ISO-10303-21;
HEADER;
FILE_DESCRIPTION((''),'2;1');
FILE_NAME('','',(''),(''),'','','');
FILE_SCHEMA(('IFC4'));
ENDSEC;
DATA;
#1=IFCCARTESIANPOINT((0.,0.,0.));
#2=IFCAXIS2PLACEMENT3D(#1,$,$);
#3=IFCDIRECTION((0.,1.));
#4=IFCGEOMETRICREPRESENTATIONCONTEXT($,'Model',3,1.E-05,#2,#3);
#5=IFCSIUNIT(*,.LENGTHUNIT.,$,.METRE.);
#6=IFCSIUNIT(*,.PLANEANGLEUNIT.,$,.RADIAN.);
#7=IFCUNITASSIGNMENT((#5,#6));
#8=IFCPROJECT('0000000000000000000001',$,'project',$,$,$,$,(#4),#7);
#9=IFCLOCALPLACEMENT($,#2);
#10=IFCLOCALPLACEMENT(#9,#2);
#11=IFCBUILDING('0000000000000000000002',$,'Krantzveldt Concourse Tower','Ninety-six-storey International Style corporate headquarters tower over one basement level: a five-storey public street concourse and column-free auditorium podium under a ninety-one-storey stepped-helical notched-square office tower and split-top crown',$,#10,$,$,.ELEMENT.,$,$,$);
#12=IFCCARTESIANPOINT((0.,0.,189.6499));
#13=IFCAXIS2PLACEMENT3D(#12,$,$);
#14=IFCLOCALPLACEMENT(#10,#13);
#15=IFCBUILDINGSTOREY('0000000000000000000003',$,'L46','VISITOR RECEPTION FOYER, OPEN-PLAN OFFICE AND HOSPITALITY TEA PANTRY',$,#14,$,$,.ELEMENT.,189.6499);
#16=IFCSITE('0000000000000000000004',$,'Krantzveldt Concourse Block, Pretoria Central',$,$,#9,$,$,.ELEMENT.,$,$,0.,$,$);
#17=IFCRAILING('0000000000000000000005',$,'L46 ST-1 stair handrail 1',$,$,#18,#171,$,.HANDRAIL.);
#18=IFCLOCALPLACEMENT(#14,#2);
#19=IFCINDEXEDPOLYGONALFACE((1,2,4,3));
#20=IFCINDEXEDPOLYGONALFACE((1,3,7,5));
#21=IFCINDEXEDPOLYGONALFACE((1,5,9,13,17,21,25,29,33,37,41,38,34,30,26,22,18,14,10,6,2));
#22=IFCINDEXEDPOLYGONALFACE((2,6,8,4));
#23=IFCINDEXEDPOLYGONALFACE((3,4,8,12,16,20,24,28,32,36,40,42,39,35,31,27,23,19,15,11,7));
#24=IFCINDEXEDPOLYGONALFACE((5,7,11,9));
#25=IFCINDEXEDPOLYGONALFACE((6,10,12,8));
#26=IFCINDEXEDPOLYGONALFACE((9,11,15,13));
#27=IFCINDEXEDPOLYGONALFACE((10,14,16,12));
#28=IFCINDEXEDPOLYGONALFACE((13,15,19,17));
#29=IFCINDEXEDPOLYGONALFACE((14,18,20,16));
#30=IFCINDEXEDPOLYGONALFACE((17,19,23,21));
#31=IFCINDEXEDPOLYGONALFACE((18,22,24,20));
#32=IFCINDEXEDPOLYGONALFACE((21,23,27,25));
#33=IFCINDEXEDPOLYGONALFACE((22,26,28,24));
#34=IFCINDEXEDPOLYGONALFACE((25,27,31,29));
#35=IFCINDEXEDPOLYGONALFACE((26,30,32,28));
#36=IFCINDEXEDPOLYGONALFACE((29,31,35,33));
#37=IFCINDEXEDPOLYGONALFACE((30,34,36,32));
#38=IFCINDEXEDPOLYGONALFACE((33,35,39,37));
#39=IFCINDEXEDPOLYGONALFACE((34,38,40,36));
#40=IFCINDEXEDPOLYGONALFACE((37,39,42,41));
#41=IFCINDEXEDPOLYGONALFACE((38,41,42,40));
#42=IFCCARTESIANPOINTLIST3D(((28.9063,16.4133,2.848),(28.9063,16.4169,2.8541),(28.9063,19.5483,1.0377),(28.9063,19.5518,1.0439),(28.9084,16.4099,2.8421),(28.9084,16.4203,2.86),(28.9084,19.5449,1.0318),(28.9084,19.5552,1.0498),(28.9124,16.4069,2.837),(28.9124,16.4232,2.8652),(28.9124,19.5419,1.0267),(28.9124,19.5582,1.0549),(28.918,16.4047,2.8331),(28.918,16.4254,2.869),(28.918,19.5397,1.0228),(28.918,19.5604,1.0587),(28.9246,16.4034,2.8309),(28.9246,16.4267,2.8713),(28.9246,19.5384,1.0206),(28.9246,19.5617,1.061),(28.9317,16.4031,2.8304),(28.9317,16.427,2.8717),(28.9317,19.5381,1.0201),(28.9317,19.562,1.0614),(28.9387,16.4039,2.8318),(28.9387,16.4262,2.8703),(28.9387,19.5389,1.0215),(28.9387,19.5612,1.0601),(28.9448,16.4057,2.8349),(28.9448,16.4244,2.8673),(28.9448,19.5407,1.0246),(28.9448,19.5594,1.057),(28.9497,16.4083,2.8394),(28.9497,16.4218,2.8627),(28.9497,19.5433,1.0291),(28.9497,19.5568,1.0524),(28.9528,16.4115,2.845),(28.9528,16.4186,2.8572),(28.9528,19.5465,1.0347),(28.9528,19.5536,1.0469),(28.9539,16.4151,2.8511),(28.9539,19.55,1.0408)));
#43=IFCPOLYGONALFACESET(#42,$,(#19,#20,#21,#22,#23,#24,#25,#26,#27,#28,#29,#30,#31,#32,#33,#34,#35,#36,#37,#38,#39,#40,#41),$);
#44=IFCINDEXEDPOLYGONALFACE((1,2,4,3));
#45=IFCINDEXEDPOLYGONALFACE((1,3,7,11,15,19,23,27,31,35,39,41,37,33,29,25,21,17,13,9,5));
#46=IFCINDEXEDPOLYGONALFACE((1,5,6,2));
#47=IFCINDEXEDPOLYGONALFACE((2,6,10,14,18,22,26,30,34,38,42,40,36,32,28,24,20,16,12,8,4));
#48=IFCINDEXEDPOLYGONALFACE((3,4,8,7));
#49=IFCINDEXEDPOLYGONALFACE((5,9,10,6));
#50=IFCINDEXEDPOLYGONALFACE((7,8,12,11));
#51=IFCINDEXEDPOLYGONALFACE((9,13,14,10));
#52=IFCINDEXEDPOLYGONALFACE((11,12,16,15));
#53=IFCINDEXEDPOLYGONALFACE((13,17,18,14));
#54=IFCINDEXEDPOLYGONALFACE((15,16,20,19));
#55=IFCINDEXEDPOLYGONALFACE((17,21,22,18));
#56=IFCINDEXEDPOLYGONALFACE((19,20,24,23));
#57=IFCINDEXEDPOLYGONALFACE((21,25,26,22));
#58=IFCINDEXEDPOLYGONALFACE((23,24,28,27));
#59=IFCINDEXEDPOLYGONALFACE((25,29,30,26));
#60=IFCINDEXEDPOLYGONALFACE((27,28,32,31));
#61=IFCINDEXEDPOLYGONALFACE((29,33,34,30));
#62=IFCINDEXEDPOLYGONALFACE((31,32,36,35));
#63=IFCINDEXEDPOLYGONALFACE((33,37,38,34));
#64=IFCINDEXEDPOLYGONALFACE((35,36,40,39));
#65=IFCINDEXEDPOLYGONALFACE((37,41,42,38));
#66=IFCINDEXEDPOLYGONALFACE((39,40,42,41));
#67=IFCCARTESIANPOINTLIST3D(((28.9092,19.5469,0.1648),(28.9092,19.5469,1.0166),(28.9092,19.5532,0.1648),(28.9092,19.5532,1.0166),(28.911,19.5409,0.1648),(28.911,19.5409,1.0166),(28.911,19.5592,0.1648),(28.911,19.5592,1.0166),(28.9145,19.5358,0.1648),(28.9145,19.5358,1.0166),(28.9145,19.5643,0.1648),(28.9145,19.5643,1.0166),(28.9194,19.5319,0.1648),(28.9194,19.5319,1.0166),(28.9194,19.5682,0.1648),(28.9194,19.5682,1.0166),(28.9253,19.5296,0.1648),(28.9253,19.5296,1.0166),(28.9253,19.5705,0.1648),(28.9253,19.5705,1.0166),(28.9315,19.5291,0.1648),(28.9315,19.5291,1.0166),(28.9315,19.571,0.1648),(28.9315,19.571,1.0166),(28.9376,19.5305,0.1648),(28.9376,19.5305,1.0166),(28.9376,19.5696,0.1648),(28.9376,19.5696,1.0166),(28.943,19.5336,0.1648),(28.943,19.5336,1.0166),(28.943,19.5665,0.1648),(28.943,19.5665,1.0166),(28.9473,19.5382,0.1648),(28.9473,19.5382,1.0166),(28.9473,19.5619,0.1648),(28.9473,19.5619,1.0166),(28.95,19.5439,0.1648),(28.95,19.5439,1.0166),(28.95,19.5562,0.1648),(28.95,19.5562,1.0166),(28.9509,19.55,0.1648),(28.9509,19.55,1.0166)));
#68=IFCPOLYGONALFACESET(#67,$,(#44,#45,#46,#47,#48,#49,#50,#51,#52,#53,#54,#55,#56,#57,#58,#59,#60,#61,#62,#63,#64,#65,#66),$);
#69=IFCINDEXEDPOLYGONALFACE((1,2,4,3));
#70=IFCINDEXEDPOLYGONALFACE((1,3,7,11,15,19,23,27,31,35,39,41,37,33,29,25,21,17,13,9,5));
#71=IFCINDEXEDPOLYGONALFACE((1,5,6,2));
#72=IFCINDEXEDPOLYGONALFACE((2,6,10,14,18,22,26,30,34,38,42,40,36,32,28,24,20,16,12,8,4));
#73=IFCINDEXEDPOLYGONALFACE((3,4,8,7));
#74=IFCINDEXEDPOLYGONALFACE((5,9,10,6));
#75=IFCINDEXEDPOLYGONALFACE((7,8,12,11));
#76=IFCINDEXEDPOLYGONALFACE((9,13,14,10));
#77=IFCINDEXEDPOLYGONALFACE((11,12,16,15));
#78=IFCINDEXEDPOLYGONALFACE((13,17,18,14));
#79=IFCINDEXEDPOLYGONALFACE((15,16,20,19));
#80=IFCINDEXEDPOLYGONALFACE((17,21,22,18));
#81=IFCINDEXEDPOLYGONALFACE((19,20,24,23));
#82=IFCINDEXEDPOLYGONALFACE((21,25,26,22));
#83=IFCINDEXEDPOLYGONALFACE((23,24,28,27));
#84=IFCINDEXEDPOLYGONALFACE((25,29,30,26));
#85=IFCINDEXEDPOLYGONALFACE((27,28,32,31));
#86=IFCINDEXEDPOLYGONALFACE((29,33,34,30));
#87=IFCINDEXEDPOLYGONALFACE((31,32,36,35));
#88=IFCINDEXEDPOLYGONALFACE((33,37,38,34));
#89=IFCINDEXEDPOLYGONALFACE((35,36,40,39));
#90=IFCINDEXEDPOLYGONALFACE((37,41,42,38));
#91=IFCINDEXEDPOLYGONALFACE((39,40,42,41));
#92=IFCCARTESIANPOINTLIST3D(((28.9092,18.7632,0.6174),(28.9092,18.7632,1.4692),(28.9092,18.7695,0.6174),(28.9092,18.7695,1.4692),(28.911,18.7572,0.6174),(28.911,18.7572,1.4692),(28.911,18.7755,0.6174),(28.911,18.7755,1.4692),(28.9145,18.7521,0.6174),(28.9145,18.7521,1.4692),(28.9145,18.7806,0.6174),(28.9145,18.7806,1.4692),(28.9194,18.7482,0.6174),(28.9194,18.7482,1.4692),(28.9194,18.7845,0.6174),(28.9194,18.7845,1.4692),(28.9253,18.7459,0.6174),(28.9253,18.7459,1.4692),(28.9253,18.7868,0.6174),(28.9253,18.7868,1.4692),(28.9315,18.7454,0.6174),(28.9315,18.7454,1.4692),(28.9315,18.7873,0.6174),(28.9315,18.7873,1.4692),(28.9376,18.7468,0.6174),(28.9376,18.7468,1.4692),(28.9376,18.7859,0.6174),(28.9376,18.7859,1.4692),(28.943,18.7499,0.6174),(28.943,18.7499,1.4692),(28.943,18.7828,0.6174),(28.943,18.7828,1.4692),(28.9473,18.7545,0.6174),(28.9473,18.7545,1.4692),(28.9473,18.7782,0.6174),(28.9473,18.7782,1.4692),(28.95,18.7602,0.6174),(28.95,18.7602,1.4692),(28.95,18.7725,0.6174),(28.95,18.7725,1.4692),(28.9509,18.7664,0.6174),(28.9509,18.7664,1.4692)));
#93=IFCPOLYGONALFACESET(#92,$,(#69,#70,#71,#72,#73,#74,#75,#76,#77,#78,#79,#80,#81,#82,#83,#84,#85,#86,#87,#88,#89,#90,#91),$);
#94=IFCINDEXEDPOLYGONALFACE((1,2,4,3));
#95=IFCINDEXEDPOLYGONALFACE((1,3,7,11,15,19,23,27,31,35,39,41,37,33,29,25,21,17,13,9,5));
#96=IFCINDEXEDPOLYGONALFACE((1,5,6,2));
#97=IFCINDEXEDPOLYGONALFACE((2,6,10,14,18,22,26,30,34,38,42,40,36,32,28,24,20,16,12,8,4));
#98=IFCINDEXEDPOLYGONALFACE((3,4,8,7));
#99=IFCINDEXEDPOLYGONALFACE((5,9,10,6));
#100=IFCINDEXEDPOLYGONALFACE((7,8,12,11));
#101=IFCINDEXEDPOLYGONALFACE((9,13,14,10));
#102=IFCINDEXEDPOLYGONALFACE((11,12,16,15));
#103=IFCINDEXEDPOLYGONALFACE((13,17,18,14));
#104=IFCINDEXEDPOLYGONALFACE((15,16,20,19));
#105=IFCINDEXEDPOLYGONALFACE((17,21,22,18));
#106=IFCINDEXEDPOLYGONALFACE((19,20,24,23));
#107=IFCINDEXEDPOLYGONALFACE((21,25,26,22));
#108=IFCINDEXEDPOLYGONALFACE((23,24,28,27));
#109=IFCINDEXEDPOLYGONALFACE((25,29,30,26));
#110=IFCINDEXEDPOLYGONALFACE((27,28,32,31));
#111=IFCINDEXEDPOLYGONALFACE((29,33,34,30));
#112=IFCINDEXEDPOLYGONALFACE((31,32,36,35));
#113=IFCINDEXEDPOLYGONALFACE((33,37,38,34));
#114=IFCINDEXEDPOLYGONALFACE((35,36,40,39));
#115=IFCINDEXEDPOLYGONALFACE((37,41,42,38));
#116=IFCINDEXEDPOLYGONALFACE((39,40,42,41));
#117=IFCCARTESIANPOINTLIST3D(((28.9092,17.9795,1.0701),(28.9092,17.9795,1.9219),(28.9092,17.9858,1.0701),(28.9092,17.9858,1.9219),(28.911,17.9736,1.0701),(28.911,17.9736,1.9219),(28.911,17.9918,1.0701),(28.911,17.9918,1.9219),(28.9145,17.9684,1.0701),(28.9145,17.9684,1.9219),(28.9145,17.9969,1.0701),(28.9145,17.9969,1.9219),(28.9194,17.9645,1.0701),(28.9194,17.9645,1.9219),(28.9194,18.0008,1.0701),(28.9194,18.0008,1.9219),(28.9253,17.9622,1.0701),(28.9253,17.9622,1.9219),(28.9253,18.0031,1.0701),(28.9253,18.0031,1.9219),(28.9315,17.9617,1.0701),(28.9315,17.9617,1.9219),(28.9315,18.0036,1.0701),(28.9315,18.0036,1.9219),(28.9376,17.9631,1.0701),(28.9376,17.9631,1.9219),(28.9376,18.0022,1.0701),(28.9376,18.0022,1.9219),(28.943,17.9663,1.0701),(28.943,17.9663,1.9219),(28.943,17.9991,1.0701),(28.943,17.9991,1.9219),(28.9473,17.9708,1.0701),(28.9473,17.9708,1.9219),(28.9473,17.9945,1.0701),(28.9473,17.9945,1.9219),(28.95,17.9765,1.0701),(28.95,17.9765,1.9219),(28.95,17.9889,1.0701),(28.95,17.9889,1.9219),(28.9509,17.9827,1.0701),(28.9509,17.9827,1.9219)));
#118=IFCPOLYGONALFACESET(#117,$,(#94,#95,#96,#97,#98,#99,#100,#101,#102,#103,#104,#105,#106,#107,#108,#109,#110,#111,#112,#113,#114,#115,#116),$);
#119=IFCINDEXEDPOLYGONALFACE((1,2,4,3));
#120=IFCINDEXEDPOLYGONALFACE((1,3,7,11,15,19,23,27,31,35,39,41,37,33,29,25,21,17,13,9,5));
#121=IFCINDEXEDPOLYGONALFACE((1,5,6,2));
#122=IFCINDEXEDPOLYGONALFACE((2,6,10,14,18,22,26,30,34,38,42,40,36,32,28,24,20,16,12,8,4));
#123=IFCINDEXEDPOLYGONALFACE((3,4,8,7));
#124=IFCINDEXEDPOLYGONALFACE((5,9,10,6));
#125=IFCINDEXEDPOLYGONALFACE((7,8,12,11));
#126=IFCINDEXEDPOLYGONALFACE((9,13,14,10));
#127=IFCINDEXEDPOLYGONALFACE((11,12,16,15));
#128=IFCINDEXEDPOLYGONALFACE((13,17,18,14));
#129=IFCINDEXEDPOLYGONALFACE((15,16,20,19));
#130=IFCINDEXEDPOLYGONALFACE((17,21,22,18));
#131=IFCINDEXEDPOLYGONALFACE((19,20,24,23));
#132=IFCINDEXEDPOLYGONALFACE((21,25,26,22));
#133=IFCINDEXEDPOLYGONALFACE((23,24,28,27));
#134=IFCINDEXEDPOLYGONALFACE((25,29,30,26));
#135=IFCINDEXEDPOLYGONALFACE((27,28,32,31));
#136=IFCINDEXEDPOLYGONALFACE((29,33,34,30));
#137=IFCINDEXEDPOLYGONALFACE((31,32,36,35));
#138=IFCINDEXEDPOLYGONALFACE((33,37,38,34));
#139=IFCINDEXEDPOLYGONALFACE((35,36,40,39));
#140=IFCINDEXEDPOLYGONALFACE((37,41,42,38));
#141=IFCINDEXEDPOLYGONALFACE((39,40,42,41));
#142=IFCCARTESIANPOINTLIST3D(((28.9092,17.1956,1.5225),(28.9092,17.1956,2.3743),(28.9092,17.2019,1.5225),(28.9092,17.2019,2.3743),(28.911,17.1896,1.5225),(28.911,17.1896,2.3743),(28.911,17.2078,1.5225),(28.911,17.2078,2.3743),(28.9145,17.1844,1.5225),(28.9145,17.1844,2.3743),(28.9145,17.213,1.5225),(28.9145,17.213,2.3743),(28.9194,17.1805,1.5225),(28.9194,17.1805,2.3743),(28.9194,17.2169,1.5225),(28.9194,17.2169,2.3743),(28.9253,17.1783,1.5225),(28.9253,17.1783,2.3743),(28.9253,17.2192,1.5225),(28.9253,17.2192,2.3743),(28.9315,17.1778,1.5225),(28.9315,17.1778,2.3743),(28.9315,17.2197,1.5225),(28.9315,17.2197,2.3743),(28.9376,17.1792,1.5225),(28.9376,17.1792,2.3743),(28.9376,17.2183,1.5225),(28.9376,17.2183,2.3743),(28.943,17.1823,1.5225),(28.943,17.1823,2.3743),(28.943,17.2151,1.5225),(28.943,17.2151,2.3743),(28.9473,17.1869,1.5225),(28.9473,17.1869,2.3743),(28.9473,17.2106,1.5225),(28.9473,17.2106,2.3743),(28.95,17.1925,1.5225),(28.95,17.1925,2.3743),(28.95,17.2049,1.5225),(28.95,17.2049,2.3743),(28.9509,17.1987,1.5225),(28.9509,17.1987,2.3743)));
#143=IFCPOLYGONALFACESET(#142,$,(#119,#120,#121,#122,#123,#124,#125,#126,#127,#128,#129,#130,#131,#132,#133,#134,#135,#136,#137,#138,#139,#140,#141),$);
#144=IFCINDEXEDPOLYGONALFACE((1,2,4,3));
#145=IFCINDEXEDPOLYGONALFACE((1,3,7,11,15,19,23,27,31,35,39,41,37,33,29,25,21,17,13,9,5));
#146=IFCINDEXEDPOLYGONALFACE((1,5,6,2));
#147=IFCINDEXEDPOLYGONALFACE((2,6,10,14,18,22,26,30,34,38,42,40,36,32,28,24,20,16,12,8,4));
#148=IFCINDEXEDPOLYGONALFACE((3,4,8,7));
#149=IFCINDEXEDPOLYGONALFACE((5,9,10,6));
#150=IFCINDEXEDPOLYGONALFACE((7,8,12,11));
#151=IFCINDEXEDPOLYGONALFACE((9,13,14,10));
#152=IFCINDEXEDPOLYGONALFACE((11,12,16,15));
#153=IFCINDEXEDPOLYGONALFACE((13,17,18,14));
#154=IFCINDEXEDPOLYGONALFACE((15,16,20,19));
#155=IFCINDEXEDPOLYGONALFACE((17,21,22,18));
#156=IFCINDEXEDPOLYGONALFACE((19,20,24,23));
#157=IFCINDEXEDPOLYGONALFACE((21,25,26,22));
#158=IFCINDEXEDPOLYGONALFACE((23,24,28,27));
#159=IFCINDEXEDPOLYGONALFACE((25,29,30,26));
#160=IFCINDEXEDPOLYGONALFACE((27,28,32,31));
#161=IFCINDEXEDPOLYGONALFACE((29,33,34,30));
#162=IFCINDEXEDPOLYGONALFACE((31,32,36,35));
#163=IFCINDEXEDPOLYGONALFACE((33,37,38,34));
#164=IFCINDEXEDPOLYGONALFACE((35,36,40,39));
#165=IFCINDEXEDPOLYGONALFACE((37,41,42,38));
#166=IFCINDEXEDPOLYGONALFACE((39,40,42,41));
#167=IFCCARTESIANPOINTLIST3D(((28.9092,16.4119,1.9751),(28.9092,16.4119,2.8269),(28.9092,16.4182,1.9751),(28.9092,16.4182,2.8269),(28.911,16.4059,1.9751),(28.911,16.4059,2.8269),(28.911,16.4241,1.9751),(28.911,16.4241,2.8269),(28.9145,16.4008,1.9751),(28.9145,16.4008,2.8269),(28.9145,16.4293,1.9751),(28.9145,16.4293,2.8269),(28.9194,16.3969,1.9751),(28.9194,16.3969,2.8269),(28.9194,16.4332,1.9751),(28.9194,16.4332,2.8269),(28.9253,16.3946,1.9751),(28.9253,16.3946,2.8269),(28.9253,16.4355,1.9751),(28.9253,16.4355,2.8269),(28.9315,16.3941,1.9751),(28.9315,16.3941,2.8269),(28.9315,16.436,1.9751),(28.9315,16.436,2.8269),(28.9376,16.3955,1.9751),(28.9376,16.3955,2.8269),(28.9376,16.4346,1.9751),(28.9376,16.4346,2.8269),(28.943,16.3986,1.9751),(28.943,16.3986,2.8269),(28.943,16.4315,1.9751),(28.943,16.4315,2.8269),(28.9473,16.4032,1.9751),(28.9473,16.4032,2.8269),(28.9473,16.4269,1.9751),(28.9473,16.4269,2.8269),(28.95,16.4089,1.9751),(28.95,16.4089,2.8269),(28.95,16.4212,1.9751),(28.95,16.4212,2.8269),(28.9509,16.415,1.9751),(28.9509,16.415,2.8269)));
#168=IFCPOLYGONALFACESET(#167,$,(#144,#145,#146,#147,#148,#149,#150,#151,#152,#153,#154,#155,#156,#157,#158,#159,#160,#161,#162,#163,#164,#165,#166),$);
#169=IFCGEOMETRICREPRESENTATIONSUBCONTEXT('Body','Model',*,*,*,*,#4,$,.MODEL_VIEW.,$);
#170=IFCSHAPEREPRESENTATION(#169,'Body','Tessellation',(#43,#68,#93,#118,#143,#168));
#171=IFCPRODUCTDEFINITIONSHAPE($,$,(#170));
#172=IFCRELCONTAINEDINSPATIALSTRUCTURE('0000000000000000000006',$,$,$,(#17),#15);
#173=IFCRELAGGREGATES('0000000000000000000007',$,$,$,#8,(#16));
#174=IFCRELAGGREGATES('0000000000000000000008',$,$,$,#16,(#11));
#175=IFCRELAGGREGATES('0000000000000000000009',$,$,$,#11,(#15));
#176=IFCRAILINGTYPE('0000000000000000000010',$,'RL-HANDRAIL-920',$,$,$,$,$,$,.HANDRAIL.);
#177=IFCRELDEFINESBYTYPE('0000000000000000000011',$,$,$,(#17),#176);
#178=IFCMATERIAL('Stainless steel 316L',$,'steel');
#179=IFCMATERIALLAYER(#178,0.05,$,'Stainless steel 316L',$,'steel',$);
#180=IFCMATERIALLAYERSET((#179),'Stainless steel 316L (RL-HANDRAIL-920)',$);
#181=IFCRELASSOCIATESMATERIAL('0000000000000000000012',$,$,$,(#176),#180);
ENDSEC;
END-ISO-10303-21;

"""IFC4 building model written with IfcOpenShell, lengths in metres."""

from ifc_helpers import new_model, si_unit, direction, frame, origin, origin_2d, place, context, subcontext, project, spatial, circle, extrude, material, layer, layer_set, type_object, element, save


model = new_model("IFC4")

# Units and contexts
model_context = context("Model", 3, precision=1e-05, world=origin(), true_north=direction((0.0, 1.0)))
body_context = subcontext(model_context, "Body", "Model", "MODEL_VIEW")
ifc_project = project(units=[si_unit("LENGTHUNIT", "METRE"), si_unit("PLANEANGLEUNIT", "RADIAN")], contexts=[model_context])

# Site, building, storey
site_placement = place(None, origin())
site = spatial("IfcSite", under=ifc_project, at=site_placement, Name="Krantzveldt Concourse Block, Pretoria Central", CompositionType="ELEMENT", RefElevation=0.0)
building_placement = place(site_placement, origin())
building = spatial("IfcBuilding", under=site, at=building_placement, Name="Krantzveldt Concourse Tower", Description="Ninety-six-storey International Style corporate headquarters tower over one basement level: a five-storey public street concourse and column-free auditorium podium under a ninety-one-storey stepped-helical notched-square office tower and split-top crown", CompositionType="ELEMENT")
storey_placement = place(building_placement, frame((0.0, 0.0, 189.6499)))
storey = spatial("IfcBuildingStorey", under=building, at=storey_placement, Name="L46", Description="VISITOR RECEPTION FOYER, OPEN-PLAN OFFICE AND HOSPITALITY TEA PANTRY", CompositionType="ELEMENT", Elevation=189.6499)

# Railing
ifc_material_1 = material(Name="Stainless steel 316L", Category="steel")
ifc_layer_1 = layer(ifc_material_1, 0.05, Name="Stainless steel 316L", Category="steel")
ifc_layer_set_1 = layer_set([ifc_layer_1], Name="Stainless steel 316L (RL-HANDRAIL-920)")
railing_type_1 = type_object("IfcRailingType", Name="RL-HANDRAIL-920", PredefinedType="HANDRAIL", material=ifc_layer_set_1)
railing_1_placement = place(storey_placement, frame((28.9299, 19.55, 0.1648)))
element("IfcRailing", 1, at=railing_1_placement, inside=storey, type_object=railing_type_1, Name="L46 ST-1 stair handrail 1", PredefinedType="HANDRAIL", context=body_context, shape_type="SweptSolid", body=[
    extrude(circle(Radius=0.0239, at=origin_2d()), frame((0.0, 0.0, 0.876), z_axis=(0.0, -0.865989, 0.500063), x_axis=(1.0, 0.0, 0.0)), (0.0, 0.0, 1.0), 3.6201),
    extrude(circle(Radius=0.021, at=origin_2d()), origin(), (0.0, 0.0, 1.0), 0.8518),
    extrude(circle(Radius=0.021, at=origin_2d()), frame((0.0, -0.7837, 0.4526)), (0.0, 0.0, 1.0), 0.8518),
    extrude(circle(Radius=0.021, at=origin_2d()), frame((0.0, -1.5674, 0.9053)), (0.0, 0.0, 1.0), 0.8518),
    extrude(circle(Radius=0.021, at=origin_2d()), frame((0.0, -2.3513, 1.3577)), (0.0, 0.0, 1.0), 0.8518),
    extrude(circle(Radius=0.021, at=origin_2d()), frame((0.0, -3.135, 1.8103)), (0.0, 0.0, 1.0), 0.8518),
])

save(model, "model.ifc")
